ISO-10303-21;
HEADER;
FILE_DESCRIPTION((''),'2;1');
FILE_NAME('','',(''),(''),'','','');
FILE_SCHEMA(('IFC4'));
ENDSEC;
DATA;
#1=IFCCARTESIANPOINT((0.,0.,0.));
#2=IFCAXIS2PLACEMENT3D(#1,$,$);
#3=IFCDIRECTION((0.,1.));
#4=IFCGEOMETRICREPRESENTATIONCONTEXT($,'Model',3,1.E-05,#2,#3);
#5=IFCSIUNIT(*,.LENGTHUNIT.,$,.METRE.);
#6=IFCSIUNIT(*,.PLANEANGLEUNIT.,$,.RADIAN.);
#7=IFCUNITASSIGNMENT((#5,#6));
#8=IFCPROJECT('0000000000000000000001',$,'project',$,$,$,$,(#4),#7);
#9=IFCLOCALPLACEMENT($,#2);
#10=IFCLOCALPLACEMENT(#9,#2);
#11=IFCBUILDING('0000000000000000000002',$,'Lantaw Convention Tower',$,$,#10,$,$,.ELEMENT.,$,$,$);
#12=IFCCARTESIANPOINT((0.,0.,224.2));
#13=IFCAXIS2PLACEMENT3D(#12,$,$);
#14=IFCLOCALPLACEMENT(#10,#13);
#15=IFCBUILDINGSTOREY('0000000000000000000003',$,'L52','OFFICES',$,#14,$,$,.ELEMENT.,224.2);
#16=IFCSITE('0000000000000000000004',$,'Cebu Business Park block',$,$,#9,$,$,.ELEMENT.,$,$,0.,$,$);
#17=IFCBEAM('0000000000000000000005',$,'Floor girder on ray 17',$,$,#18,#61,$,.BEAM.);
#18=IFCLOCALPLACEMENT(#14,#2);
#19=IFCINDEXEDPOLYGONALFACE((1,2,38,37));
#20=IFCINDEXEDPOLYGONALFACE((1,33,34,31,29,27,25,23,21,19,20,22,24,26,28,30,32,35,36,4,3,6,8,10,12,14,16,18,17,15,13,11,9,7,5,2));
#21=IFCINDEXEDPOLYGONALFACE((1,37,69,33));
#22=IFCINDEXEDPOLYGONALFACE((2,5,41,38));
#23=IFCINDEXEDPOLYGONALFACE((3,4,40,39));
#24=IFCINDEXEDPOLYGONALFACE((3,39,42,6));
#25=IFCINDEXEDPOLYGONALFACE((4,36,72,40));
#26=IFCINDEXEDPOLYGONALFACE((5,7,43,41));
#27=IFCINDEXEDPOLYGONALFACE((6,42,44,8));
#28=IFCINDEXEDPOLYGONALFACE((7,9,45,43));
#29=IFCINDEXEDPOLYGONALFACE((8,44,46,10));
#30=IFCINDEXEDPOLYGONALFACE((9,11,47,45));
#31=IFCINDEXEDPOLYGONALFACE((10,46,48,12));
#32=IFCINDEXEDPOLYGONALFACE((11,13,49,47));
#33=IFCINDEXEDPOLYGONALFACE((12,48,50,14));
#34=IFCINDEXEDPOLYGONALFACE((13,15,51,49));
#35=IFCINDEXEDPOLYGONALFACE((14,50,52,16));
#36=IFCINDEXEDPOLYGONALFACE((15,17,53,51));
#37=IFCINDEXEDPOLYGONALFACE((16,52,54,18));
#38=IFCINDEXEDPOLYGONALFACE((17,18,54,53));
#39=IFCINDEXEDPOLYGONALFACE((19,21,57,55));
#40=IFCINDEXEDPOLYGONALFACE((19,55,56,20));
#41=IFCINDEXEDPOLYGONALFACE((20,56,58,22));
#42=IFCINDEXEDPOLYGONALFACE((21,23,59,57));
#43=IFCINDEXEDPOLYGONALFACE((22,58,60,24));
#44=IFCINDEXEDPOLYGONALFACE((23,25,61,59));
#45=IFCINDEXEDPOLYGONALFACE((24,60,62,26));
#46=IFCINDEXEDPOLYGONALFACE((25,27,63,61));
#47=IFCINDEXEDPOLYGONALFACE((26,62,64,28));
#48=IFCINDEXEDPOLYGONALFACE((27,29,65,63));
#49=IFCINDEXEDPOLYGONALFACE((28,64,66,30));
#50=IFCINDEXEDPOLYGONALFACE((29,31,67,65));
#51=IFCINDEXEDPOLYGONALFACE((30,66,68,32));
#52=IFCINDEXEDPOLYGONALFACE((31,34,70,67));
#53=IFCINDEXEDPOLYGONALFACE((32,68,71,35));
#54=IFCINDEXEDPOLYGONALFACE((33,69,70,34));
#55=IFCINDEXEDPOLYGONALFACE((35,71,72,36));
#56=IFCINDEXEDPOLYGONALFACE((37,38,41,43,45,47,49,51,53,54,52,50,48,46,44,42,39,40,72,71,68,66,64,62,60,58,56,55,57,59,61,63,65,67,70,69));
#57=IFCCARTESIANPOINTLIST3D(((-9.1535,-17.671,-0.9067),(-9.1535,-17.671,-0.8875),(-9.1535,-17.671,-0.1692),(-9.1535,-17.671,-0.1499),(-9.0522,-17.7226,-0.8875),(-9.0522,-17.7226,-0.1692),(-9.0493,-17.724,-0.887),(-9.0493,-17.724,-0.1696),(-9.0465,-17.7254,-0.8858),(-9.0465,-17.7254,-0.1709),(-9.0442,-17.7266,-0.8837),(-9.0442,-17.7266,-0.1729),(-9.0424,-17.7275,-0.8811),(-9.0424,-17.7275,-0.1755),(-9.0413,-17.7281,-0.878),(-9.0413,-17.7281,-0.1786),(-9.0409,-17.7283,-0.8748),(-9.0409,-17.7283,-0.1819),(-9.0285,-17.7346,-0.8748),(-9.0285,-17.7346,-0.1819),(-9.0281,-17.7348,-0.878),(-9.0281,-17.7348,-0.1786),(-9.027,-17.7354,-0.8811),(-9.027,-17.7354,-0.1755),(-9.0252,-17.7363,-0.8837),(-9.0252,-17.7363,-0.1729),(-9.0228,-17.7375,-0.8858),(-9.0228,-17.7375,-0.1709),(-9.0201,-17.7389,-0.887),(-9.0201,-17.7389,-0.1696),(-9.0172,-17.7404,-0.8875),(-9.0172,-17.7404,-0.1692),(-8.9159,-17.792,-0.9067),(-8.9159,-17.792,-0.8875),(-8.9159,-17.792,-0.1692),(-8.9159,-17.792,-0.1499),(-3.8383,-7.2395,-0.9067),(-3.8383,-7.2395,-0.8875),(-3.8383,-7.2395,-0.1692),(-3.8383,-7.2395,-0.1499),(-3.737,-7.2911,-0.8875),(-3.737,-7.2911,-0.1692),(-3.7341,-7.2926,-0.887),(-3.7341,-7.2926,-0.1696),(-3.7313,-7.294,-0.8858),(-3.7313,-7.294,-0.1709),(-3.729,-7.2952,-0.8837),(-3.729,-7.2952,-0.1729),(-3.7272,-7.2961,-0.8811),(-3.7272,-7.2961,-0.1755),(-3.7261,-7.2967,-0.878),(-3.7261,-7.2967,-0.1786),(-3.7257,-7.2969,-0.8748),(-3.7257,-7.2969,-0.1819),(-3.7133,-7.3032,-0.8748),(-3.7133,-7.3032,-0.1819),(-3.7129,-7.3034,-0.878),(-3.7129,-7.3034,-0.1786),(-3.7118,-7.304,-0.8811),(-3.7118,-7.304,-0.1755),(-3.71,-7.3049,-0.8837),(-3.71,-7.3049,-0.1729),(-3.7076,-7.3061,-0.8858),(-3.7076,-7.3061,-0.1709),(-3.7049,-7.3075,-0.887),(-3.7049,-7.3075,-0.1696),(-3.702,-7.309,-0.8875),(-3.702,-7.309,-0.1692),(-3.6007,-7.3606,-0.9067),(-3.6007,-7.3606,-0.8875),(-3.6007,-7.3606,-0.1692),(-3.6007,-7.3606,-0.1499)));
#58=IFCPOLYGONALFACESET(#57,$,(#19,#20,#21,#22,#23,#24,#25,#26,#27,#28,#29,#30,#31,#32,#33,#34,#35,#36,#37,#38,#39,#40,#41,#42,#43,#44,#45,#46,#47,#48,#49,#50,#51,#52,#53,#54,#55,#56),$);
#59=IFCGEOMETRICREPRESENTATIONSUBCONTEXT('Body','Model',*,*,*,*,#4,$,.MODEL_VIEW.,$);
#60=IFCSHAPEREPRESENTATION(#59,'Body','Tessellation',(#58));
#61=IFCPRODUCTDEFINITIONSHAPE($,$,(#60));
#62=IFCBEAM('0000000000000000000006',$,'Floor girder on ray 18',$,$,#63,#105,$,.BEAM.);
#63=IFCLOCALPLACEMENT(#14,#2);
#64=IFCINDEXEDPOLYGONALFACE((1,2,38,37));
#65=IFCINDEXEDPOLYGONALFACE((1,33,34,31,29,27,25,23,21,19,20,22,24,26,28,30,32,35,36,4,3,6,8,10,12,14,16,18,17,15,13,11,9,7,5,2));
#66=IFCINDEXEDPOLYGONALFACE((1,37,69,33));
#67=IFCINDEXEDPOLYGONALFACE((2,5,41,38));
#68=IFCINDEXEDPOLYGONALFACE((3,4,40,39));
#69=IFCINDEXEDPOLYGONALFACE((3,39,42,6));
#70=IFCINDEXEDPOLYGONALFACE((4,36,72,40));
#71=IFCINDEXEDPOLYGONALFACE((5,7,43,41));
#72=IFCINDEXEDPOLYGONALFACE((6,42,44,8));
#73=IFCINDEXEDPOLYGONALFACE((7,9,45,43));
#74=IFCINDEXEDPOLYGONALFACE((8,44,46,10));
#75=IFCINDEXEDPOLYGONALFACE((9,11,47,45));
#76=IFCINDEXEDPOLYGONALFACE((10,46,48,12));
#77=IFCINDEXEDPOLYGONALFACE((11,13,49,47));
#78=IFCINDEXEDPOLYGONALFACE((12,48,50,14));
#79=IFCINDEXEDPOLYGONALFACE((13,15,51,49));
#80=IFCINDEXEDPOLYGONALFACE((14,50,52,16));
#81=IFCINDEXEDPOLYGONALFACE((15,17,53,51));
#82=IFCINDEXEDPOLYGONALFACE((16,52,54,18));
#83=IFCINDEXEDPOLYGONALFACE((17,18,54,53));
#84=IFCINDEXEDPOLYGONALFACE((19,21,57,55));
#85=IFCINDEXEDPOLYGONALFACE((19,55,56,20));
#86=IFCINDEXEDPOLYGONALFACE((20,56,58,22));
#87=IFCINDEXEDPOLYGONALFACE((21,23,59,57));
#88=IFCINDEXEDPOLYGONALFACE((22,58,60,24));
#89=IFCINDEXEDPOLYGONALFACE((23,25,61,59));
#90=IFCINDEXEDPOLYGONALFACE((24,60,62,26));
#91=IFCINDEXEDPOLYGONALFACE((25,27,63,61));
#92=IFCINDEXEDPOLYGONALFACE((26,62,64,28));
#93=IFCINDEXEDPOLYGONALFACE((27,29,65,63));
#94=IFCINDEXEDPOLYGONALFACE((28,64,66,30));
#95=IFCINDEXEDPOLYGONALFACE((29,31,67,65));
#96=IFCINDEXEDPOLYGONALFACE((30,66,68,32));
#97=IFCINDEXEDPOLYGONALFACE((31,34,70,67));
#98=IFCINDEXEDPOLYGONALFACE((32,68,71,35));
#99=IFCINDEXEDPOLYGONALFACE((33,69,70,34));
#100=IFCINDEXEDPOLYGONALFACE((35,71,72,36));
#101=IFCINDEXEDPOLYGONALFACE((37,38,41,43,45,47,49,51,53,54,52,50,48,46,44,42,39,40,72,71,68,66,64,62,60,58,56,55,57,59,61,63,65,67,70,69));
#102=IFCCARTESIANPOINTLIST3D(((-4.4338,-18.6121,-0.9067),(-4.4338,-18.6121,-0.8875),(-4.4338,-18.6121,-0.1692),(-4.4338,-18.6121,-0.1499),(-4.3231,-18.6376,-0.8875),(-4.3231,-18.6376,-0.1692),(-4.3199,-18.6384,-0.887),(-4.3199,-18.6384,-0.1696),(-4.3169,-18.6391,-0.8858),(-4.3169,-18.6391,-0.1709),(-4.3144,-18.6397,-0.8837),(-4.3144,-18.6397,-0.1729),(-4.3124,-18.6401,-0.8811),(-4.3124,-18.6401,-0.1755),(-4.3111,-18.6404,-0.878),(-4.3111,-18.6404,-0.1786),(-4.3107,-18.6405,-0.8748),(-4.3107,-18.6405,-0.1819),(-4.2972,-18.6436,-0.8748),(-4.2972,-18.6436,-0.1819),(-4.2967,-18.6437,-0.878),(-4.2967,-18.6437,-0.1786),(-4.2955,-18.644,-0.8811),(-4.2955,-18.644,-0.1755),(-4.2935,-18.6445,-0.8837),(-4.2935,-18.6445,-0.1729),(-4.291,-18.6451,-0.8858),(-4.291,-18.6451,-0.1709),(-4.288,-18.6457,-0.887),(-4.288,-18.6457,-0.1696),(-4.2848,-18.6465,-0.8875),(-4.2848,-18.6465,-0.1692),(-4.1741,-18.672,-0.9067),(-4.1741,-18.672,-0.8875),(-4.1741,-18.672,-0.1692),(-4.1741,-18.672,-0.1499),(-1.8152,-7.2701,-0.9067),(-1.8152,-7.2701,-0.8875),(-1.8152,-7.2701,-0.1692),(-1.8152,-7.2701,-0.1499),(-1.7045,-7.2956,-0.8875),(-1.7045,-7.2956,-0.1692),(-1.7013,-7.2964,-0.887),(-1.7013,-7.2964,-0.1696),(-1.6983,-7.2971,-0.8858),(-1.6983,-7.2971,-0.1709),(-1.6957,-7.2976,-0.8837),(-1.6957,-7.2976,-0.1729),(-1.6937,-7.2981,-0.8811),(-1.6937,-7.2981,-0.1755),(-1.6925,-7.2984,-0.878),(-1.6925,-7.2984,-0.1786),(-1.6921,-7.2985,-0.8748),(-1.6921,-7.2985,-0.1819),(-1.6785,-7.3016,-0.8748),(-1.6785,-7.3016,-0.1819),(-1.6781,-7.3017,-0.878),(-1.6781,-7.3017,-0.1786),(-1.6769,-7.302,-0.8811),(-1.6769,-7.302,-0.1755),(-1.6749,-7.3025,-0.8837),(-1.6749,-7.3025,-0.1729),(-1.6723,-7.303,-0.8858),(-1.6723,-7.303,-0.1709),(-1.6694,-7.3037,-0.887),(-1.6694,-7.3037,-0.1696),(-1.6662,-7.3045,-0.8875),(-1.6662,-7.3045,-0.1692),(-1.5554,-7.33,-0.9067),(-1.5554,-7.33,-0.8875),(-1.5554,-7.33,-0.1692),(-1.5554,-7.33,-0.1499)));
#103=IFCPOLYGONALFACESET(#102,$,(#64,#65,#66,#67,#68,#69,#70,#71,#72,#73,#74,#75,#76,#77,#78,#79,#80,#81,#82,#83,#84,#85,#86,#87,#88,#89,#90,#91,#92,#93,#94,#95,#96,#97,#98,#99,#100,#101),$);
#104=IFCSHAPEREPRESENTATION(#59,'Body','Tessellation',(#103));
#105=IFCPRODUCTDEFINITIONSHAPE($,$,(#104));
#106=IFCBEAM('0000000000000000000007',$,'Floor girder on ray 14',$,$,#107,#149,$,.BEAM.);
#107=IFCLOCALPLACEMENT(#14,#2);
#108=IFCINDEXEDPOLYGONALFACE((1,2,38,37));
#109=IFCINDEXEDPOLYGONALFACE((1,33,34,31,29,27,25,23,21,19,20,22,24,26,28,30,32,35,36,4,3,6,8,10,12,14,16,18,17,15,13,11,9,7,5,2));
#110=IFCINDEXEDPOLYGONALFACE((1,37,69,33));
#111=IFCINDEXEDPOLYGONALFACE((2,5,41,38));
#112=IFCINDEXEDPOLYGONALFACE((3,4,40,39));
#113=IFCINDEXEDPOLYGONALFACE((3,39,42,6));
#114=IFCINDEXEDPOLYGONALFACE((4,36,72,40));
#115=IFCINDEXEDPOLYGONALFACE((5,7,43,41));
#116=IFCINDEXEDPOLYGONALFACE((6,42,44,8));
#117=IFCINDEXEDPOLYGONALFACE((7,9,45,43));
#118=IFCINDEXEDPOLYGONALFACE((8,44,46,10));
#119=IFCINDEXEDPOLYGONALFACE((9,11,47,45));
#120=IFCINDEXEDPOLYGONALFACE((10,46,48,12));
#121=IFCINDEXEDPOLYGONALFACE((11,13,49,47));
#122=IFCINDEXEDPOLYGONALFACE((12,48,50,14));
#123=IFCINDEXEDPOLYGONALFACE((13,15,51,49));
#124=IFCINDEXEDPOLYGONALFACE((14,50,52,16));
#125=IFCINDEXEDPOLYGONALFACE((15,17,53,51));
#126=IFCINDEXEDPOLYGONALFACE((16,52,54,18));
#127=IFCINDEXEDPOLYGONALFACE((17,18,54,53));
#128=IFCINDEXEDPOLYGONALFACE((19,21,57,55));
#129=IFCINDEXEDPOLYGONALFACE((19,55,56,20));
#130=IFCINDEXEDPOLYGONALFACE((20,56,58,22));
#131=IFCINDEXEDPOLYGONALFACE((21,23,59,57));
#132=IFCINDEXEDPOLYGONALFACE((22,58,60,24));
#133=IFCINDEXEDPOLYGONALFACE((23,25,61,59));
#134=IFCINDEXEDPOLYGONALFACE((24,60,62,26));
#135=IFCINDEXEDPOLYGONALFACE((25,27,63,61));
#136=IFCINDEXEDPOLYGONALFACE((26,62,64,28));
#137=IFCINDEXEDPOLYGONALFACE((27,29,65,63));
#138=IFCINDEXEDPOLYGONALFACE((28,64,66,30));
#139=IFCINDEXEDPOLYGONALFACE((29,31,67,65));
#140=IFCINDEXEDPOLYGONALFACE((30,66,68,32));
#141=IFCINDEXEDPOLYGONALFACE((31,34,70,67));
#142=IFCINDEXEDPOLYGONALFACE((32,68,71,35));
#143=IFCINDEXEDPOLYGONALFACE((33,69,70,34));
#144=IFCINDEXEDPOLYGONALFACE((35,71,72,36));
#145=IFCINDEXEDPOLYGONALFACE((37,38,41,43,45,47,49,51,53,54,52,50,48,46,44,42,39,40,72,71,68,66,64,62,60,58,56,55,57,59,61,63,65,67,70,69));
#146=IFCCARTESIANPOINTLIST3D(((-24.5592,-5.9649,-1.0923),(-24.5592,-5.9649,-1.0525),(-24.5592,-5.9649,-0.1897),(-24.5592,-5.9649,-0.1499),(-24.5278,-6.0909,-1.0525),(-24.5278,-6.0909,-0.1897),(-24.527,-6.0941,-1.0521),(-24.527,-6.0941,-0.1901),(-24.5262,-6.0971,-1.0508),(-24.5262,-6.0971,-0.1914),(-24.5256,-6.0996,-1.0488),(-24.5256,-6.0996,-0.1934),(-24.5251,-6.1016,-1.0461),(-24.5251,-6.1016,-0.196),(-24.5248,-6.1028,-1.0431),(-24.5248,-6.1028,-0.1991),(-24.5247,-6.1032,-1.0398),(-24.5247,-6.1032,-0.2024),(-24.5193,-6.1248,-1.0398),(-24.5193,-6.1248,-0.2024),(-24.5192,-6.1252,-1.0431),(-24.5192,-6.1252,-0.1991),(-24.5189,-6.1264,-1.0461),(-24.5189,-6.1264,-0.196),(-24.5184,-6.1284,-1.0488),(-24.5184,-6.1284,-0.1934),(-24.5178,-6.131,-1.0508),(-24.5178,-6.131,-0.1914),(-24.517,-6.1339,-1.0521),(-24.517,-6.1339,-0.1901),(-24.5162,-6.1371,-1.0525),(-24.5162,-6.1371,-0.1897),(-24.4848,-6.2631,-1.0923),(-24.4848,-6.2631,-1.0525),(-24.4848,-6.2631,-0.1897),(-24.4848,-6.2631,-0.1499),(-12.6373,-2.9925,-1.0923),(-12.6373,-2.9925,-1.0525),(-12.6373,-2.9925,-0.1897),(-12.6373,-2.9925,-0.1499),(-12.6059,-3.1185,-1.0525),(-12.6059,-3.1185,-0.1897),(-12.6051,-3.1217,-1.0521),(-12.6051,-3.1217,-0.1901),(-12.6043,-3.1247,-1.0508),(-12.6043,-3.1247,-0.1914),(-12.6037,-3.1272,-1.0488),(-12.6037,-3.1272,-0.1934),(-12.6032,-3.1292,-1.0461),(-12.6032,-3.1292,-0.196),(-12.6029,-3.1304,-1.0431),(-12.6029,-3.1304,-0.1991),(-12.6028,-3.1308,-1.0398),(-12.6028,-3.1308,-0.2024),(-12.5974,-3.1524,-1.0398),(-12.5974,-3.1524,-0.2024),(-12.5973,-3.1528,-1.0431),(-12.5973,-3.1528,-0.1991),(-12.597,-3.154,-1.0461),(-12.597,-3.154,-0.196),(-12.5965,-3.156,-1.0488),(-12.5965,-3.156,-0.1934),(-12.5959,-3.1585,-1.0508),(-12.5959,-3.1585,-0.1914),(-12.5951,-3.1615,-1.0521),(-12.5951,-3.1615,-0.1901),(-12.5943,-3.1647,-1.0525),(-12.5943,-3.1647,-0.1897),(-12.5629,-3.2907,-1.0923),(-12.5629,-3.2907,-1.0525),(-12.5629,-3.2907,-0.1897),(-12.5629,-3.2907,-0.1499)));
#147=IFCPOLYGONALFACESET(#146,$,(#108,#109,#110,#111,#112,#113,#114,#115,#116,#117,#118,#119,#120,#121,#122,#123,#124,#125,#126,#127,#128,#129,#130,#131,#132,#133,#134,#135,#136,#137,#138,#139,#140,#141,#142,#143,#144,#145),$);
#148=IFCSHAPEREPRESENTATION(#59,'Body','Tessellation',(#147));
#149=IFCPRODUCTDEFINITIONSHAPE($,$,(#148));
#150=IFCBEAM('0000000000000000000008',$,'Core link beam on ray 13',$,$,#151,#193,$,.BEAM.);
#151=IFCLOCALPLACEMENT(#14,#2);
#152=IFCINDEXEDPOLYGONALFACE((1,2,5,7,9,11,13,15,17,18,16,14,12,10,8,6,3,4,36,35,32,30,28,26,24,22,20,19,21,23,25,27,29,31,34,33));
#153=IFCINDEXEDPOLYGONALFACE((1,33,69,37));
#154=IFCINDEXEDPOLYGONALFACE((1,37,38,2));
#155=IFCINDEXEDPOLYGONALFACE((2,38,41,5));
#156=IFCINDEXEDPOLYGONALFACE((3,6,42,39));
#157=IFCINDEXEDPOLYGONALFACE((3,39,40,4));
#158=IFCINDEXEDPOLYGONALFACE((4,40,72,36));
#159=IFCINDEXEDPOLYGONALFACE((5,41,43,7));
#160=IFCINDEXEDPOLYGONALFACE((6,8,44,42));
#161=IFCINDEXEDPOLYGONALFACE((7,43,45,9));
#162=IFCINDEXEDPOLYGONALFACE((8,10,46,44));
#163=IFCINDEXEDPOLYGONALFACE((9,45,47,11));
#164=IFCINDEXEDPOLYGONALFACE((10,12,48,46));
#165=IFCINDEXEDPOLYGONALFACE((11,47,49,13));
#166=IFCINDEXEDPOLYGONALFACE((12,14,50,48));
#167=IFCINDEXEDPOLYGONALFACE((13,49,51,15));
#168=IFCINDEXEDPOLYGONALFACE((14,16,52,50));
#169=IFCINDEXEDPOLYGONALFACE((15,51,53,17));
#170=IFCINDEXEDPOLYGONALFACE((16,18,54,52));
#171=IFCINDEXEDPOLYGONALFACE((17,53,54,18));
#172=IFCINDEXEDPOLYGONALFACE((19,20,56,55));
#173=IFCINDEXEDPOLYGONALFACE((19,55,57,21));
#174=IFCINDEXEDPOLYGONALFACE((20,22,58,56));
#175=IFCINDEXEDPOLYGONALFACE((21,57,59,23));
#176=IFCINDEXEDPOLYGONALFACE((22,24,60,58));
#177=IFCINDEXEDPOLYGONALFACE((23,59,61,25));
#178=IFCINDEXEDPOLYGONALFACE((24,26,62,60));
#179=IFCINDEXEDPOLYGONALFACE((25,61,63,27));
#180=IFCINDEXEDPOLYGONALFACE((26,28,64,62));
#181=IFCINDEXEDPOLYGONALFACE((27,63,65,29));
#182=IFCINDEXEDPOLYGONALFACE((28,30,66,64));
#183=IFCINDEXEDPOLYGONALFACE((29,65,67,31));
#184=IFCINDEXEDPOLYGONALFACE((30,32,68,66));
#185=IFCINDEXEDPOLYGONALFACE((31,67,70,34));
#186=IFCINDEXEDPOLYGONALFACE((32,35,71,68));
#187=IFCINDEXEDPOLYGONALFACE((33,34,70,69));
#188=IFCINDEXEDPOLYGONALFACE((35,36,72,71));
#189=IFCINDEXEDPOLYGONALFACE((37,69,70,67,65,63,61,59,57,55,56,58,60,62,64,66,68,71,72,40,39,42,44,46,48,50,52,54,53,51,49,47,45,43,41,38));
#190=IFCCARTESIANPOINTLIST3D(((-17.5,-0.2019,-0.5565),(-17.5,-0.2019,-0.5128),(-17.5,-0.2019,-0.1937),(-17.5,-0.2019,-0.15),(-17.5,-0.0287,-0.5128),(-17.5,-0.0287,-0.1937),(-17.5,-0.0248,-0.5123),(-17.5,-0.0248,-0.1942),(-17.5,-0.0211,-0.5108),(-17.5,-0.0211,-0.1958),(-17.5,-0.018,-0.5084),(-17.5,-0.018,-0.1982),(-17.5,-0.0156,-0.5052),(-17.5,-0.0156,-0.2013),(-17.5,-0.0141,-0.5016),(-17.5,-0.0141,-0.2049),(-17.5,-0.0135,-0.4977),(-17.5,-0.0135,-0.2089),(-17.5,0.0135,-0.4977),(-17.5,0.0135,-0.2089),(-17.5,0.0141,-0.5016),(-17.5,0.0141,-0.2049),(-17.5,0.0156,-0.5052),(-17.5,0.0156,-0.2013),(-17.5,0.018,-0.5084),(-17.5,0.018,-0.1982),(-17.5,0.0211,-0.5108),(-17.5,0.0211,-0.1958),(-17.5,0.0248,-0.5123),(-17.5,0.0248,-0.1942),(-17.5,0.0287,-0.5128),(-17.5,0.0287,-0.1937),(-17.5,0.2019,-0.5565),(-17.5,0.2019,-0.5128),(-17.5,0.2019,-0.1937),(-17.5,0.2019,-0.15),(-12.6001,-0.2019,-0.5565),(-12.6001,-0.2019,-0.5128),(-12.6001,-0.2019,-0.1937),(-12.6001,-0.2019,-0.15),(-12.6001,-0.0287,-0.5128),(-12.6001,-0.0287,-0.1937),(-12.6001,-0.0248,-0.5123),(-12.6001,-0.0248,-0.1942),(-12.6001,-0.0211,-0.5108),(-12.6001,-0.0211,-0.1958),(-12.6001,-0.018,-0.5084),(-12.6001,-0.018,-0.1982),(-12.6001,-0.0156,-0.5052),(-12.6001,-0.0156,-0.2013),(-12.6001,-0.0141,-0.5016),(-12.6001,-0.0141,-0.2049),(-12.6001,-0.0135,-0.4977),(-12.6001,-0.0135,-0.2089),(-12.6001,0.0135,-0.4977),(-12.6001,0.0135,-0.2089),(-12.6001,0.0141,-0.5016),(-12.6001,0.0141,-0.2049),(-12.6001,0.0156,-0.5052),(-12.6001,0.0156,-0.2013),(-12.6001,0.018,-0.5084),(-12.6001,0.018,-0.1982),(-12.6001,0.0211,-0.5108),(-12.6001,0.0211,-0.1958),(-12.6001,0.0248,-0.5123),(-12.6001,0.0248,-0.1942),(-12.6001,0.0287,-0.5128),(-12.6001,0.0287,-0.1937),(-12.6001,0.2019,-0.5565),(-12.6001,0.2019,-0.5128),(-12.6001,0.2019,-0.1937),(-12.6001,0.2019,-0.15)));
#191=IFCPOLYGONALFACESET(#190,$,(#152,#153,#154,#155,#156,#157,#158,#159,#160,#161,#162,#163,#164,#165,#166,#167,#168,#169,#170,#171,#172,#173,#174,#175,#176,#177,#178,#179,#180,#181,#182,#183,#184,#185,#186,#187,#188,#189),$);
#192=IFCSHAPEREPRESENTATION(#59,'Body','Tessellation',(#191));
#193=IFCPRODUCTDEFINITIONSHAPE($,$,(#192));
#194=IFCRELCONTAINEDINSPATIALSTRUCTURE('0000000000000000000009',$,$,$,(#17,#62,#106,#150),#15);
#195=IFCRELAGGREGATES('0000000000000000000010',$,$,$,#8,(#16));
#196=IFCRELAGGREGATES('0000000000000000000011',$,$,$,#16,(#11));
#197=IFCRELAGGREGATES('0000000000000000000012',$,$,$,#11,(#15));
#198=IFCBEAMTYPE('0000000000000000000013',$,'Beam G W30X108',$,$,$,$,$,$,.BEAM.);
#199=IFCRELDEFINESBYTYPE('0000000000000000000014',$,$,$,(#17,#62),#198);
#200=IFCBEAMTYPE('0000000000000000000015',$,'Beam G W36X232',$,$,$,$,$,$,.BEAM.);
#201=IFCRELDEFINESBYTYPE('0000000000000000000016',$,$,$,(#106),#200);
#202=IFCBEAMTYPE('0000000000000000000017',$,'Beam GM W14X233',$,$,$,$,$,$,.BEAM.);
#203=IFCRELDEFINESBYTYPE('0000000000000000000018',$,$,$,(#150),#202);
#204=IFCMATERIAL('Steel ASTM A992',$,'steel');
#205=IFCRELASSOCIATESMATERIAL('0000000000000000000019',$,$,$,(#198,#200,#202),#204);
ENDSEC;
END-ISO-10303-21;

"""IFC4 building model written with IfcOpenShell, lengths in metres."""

from ifc_helpers import new_model, si_unit, direction, frame, origin, origin_2d, place, context, subcontext, project, spatial, i_section, extrude, material, material_profile, profile_set, type_object, element, save


model = new_model("IFC4")

# Units and contexts
model_context = context("Model", 3, precision=1e-05, world=origin(), true_north=direction((0.0, 1.0)))
body_context = subcontext(model_context, "Body", "Model", "MODEL_VIEW")
ifc_project = project(units=[si_unit("LENGTHUNIT", "METRE"), si_unit("PLANEANGLEUNIT", "RADIAN")], contexts=[model_context])

# Site, building, storey
site_placement = place(None, origin())
site = spatial("IfcSite", under=ifc_project, at=site_placement, Name="Cebu Business Park block", CompositionType="ELEMENT", RefElevation=0.0)
building_placement = place(site_placement, origin())
building = spatial("IfcBuilding", under=site, at=building_placement, Name="Lantaw Convention Tower", CompositionType="ELEMENT")
storey_placement = place(building_placement, frame((0.0, 0.0, 224.2)))
storey = spatial("IfcBuildingStorey", under=building, at=storey_placement, Name="L52", Description="OFFICES", CompositionType="ELEMENT", Elevation=224.2)

# Beams
ifc_material_1 = material(Name="Steel ASTM A992", Category="steel")
ifc_material_profile_1 = material_profile(ifc_material_1, i_section(OverallWidth=0.2666, OverallDepth=0.7568, WebThickness=0.0139, FlangeThickness=0.0193, FilletRadius=0.0127, at=origin_2d()), Name="W30X108")
ifc_profile_set_1 = profile_set([ifc_material_profile_1], Name="Steel ASTM A992")
beam_type_1 = type_object("IfcBeamType", Name="Beam G W30X108", PredefinedType="BEAM", material=ifc_profile_set_1)
beam_1_placement = place(storey_placement, frame((-3.7195, -7.3, -0.5283), z_axis=(-0.453999, -0.891002, 0.0), x_axis=(0.891002, -0.453999, 0.0)))
element("IfcBeam", 1, at=beam_1_placement, inside=storey, type_object=beam_type_1, Name="Floor girder on ray 17", PredefinedType="BEAM", context=body_context, shape_type="SweptSolid", body=[
    extrude(i_section(OverallWidth=0.2666, OverallDepth=0.7568, WebThickness=0.0139, FlangeThickness=0.0193, FilletRadius=0.0127, at=origin_2d()), origin(), (0.0, 0.0, 1.0), 11.7075),
])
beam_2_placement = place(storey_placement, frame((-1.6853, -7.3, -0.5283), z_axis=(-0.224962, -0.974368, 0.0), x_axis=(0.974368, -0.224962, 0.0)))
element("IfcBeam", 2, at=beam_2_placement, inside=storey, type_object=beam_type_1, Name="Floor girder on ray 18", PredefinedType="BEAM", context=body_context, shape_type="SweptSolid", body=[
    extrude(i_section(OverallWidth=0.2666, OverallDepth=0.7568, WebThickness=0.0139, FlangeThickness=0.0193, FilletRadius=0.0127, at=origin_2d()), origin(), (0.0, 0.0, 1.0), 11.6404),
])
ifc_material_profile_2 = material_profile(ifc_material_1, i_section(OverallWidth=0.3074, OverallDepth=0.9424, WebThickness=0.0222, FlangeThickness=0.0398, FilletRadius=0.0127, at=origin_2d()), Name="W36X232")
ifc_profile_set_2 = profile_set([ifc_material_profile_2], Name="Steel ASTM A992")
beam_type_2 = type_object("IfcBeamType", Name="Beam G W36X232", PredefinedType="BEAM", material=ifc_profile_set_2)
beam_3_placement = place(storey_placement, frame((-12.6001, -3.1416, -0.6211), z_axis=(-0.970297, -0.241918, 0.0), x_axis=(0.241918, -0.970297, 0.0)))
element("IfcBeam", 3, at=beam_3_placement, inside=storey, type_object=beam_type_2, Name="Floor girder on ray 14", PredefinedType="BEAM", context=body_context, shape_type="SweptSolid", body=[
    extrude(i_section(OverallWidth=0.3074, OverallDepth=0.9424, WebThickness=0.0222, FlangeThickness=0.0398, FilletRadius=0.0127, at=origin_2d()), origin(), (0.0, 0.0, 1.0), 12.2869),
])
ifc_material_profile_3 = material_profile(ifc_material_1, i_section(OverallWidth=0.4038, OverallDepth=0.4065, WebThickness=0.0271, FlangeThickness=0.0437, FilletRadius=0.0151, at=origin_2d()), Name="W14X233")
ifc_profile_set_3 = profile_set([ifc_material_profile_3], Name="Steel ASTM A992")
beam_type_3 = type_object("IfcBeamType", Name="Beam GM W14X233", PredefinedType="BEAM", material=ifc_profile_set_3)
beam_4_placement = place(storey_placement, frame((-12.6001, 0.0, -0.3533), z_axis=(-1.0, 0.0, 0.0), x_axis=(0.0, -1.0, 0.0)))
element("IfcBeam", 4, at=beam_4_placement, inside=storey, type_object=beam_type_3, Name="Core link beam on ray 13", PredefinedType="BEAM", context=body_context, shape_type="SweptSolid", body=[
    extrude(i_section(OverallWidth=0.4038, OverallDepth=0.4065, WebThickness=0.0271, FlangeThickness=0.0437, FilletRadius=0.0151, at=origin_2d()), origin(), (0.0, 0.0, 1.0), 4.8999),
])

save(model, "model.ifc")
